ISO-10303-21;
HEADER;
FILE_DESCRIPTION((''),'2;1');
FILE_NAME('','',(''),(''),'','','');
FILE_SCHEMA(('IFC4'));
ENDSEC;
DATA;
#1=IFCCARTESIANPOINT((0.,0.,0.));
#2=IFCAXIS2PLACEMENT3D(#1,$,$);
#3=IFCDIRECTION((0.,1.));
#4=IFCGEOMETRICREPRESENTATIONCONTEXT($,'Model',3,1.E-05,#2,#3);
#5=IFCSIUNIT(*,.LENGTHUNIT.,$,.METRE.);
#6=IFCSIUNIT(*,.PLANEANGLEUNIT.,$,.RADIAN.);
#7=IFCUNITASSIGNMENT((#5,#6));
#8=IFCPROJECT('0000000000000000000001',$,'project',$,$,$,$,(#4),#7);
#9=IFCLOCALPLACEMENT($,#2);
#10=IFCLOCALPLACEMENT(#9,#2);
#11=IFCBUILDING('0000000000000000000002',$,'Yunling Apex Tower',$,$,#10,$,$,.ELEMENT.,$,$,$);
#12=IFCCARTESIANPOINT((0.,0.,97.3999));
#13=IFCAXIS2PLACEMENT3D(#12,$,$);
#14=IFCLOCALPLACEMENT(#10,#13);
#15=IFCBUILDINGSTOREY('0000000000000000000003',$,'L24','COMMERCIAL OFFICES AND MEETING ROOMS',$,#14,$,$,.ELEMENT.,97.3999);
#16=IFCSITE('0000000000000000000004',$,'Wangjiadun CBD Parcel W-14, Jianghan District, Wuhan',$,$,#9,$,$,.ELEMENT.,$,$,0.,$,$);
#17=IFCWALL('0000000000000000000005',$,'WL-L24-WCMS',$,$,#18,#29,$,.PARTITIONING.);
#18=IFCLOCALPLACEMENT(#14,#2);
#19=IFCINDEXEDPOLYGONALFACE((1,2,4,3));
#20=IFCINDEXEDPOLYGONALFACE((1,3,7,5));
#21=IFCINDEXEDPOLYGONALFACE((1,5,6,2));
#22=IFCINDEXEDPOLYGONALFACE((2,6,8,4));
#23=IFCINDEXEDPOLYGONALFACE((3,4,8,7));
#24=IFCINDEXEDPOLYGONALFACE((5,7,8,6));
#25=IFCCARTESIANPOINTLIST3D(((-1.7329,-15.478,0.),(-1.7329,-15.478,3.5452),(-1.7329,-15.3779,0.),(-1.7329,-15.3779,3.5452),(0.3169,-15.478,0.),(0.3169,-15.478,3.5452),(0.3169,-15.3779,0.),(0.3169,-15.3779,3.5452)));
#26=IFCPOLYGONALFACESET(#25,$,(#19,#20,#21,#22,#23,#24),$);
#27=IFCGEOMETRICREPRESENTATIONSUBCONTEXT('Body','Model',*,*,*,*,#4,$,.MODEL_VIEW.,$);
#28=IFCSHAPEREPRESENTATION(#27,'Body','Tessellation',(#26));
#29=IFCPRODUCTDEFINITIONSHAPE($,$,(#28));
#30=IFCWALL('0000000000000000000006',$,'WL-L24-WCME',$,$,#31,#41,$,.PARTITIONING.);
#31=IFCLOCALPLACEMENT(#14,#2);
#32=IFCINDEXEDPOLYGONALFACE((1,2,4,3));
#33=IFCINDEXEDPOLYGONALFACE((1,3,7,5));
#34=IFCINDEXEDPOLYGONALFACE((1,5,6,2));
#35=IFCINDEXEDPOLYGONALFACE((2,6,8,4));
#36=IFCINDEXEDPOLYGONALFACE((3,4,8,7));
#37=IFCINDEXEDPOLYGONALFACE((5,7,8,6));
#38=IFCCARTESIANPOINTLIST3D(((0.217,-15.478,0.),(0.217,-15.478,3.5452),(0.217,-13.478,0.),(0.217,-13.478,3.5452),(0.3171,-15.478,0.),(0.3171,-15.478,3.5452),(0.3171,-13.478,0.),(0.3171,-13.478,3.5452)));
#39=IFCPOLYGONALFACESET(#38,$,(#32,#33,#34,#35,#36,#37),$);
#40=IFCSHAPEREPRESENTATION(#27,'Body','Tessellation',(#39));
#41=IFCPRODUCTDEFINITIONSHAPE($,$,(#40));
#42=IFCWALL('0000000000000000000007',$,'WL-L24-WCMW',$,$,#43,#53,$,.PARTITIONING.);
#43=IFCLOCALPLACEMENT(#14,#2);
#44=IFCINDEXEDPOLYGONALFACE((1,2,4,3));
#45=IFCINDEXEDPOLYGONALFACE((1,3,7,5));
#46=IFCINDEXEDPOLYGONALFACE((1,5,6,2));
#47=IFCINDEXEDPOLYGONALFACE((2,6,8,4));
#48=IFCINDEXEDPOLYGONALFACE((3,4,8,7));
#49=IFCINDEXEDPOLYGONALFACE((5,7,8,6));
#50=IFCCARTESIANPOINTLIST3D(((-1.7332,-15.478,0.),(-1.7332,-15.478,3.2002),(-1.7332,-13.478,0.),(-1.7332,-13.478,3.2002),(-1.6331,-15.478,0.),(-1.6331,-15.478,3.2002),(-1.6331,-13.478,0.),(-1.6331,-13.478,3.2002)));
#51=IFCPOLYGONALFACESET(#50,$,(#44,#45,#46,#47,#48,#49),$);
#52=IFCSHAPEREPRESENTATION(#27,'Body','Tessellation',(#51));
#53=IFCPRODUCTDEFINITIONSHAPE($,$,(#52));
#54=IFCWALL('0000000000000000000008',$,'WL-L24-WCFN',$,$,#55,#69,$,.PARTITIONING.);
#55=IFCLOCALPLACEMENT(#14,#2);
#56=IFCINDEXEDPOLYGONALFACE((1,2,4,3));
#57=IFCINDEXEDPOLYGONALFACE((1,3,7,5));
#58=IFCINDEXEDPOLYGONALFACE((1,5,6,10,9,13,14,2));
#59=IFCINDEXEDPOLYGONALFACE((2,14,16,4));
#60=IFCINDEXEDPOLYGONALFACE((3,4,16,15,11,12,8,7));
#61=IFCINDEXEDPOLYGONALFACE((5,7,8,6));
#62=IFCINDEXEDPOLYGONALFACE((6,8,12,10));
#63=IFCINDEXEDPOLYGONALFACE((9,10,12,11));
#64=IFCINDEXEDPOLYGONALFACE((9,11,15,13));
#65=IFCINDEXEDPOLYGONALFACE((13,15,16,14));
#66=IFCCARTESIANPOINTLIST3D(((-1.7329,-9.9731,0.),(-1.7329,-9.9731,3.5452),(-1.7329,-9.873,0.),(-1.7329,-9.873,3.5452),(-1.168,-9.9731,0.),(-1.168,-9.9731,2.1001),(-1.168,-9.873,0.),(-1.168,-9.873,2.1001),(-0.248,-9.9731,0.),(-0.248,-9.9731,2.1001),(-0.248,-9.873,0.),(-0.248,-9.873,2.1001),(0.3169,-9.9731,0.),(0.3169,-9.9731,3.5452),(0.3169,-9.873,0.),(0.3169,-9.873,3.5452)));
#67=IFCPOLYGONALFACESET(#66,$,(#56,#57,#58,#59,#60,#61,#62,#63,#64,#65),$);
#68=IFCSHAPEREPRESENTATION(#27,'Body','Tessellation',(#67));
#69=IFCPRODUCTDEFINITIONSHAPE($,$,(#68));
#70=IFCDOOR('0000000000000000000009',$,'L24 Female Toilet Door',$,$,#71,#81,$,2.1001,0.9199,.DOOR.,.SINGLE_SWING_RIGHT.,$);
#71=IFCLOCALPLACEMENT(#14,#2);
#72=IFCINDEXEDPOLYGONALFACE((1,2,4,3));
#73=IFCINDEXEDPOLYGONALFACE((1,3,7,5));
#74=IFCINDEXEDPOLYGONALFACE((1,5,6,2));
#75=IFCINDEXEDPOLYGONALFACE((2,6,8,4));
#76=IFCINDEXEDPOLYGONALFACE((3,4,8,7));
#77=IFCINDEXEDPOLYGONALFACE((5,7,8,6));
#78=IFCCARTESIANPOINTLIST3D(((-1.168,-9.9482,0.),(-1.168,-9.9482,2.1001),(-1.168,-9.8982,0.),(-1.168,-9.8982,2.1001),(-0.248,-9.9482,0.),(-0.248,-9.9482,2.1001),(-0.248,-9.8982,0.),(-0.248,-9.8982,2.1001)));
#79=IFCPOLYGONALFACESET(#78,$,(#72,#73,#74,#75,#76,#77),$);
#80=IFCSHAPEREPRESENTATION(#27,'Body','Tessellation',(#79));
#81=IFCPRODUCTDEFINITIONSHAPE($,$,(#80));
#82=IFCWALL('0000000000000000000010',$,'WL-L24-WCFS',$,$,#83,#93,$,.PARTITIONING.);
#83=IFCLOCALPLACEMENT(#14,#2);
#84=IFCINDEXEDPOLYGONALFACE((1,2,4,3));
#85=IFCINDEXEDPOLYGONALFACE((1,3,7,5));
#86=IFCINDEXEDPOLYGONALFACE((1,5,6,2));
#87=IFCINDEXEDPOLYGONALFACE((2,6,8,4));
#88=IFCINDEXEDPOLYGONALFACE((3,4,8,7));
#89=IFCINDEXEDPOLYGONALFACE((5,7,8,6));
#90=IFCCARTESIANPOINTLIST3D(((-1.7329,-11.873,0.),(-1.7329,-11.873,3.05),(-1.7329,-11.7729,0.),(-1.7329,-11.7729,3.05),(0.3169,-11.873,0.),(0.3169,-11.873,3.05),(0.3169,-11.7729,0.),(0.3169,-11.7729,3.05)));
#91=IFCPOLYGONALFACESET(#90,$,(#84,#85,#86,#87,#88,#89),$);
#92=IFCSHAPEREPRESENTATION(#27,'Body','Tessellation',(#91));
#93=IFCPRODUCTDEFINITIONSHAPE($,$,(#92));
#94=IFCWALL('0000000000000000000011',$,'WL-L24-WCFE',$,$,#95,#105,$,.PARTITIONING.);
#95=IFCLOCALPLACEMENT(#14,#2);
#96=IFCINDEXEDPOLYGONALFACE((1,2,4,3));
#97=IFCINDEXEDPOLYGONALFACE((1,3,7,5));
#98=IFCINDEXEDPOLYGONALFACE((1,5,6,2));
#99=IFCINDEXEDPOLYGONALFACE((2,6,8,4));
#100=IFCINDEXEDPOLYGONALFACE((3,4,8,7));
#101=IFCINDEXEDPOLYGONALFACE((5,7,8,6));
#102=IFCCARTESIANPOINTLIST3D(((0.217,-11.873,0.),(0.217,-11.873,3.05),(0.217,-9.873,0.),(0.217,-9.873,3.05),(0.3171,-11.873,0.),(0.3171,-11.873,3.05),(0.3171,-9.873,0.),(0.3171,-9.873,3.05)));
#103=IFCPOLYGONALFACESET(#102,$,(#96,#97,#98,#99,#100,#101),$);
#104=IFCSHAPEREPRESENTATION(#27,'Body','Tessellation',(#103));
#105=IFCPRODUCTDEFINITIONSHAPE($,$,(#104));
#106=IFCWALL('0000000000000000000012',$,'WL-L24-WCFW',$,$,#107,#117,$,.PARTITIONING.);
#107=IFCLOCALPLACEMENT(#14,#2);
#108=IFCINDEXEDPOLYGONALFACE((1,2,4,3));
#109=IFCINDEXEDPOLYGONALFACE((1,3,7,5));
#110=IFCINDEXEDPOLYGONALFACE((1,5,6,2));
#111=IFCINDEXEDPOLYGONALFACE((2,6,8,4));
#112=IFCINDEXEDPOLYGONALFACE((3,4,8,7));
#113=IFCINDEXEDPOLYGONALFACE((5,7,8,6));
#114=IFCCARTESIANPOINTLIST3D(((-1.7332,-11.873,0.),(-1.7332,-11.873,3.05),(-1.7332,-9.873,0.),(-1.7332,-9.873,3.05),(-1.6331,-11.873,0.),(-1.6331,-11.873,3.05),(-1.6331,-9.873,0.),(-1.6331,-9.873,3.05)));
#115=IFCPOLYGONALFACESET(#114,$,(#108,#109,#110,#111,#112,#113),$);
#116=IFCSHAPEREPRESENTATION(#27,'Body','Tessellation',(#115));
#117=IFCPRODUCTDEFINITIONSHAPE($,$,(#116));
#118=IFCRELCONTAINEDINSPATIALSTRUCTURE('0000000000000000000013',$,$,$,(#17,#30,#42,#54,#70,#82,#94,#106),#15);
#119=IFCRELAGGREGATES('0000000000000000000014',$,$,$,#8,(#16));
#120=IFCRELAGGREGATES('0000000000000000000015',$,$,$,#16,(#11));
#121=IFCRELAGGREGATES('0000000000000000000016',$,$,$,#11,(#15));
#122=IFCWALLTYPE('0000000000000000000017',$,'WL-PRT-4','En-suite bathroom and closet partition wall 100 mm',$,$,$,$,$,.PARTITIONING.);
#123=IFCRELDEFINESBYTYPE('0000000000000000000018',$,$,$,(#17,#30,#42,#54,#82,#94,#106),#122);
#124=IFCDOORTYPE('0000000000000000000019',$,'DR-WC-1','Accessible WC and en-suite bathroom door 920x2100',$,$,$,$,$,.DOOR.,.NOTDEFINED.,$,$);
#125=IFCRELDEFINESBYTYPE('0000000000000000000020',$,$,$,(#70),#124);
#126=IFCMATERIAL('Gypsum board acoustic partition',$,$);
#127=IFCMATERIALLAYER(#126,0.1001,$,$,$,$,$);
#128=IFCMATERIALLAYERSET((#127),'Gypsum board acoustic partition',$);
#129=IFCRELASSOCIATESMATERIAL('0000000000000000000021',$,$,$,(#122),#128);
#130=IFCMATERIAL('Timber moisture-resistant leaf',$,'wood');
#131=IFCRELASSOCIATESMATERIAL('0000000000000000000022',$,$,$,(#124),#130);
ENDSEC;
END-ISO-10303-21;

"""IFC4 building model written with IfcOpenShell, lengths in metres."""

from ifc_helpers import new_model, si_unit, direction, frame, frame_2d, origin, place, context, subcontext, project, spatial, rectangle, extrude, material, layer, layer_set, type_object, element, fill, save


model = new_model("IFC4")

# Units and contexts
model_context = context("Model", 3, precision=1e-05, world=origin(), true_north=direction((0.0, 1.0)))
body_context = subcontext(model_context, "Body", "Model", "MODEL_VIEW")
ifc_project = project(units=[si_unit("LENGTHUNIT", "METRE"), si_unit("PLANEANGLEUNIT", "RADIAN")], contexts=[model_context])

# Site, building, storey
site_placement = place(None, origin())
site = spatial("IfcSite", under=ifc_project, at=site_placement, Name="Wangjiadun CBD Parcel W-14, Jianghan District, Wuhan", CompositionType="ELEMENT", RefElevation=0.0)
building_placement = place(site_placement, origin())
building = spatial("IfcBuilding", under=site, at=building_placement, Name="Yunling Apex Tower", CompositionType="ELEMENT")
storey_placement = place(building_placement, frame((0.0, 0.0, 97.3999)))
storey = spatial("IfcBuildingStorey", under=building, at=storey_placement, Name="L24", Description="COMMERCIAL OFFICES AND MEETING ROOMS", CompositionType="ELEMENT", Elevation=97.3999)

# Shared definitions
ifc_material_1 = material(Name="Gypsum board acoustic partition")
ifc_layer_1 = layer(ifc_material_1, 0.1001)
ifc_layer_set_1 = layer_set([ifc_layer_1], Name="Gypsum board acoustic partition")
wall_type = type_object("IfcWallType", Name="WL-PRT-4", Description="En-suite bathroom and closet partition wall 100 mm", PredefinedType="PARTITIONING", material=ifc_layer_set_1)
ifc_material_2 = material(Name="Timber moisture-resistant leaf", Category="wood")
door_type = type_object("IfcDoorType", Name="DR-WC-1", Description="Accessible WC and en-suite bathroom door 920x2100", OperationType="NOTDEFINED", PredefinedType="DOOR", material=ifc_material_2)

# Walls
wall_1_placement = place(storey_placement, frame((0.3169, -15.428, 0.0), z_axis=(0.0, 0.0, 1.0), x_axis=(-1.0, 0.0, 0.0)))
element("IfcWall", 1, at=wall_1_placement, inside=storey, type_object=wall_type, Name="WL-L24-WCMS", PredefinedType="PARTITIONING", context=body_context, shape_type="SweptSolid", body=[
    extrude(rectangle(XDim=2.0498, YDim=0.1001, at=frame_2d((1.0249, 0.0))), origin(), (0.0, 0.0, 1.0), 3.5452),
])
wall_2_placement = place(storey_placement, frame((0.2671, -13.478, 0.0), z_axis=(0.0, 0.0, 1.0), x_axis=(0.0, -1.0, 0.0)))
element("IfcWall", 2, at=wall_2_placement, inside=storey, type_object=wall_type, Name="WL-L24-WCME", PredefinedType="PARTITIONING", context=body_context, shape_type="SweptSolid", body=[
    extrude(rectangle(XDim=2.0, YDim=0.1001, at=frame_2d((1.0, 0.0))), origin(), (0.0, 0.0, 1.0), 3.5452),
])
wall_3_placement = place(storey_placement, frame((-1.6831, -15.478, 0.0), z_axis=(0.0, 0.0, 1.0), x_axis=(0.0, 1.0, 0.0)))
element("IfcWall", 3, at=wall_3_placement, inside=storey, type_object=wall_type, Name="WL-L24-WCMW", PredefinedType="PARTITIONING", context=body_context, shape_type="SweptSolid", body=[
    extrude(rectangle(XDim=2.0, YDim=0.1001, at=frame_2d((1.0, 0.0))), origin(), (0.0, 0.0, 1.0), 3.2002),
])

# Wall, opening, door
wall_4_placement = place(storey_placement, frame((-1.7329, -9.9231, 0.0), z_axis=(0.0, 0.0, 1.0), x_axis=(1.0, 0.0, 0.0)))
wall_4 = element("IfcWall", 4, at=wall_4_placement, inside=storey, type_object=wall_type, Name="WL-L24-WCFN", PredefinedType="PARTITIONING", context=body_context, shape_type="SweptSolid", body=[
    extrude(rectangle(XDim=2.0498, YDim=0.1001, at=frame_2d((1.0249, 0.0))), origin(), (0.0, 0.0, 1.0), 3.5452),
])
opening_1_placement = place(wall_4_placement, frame((0.5649, 0.0, 0.0)))
opening_1 = element("IfcOpeningElement", 5, at=opening_1_placement, cuts=wall_4, PredefinedType="OPENING", context=body_context, shape_type="SweptSolid", body=[
    extrude(rectangle(XDim=0.9199, YDim=2.1001, at=frame_2d((0.46, 1.05))), frame((0.0, 0.0601, 0.0), z_axis=(0.0, -1.0, 0.0), x_axis=(1.0, 0.0, 0.0)), (0.0, 0.0, 1.0), 0.1201),
])
door_1_placement = place(opening_1_placement, origin())
door_1 = element("IfcDoor", 6, at=door_1_placement, inside=storey, type_object=door_type, Name="L24 Female Toilet Door", OperationType="SINGLE_SWING_RIGHT", OverallHeight=2.1001, OverallWidth=0.9199, PredefinedType="DOOR", context=body_context, shape_type="SweptSolid", body=[
    extrude(rectangle(XDim=0.9199, YDim=2.1001, at=frame_2d((0.46, 1.05))), frame((0.0, 0.0249, 0.0), z_axis=(0.0, -1.0, 0.0), x_axis=(1.0, 0.0, 0.0)), (0.0, 0.0, 1.0), 0.05),
])
fill(opening_1, door_1)

# Walls
wall_5_placement = place(storey_placement, frame((0.3169, -11.823, 0.0), z_axis=(0.0, 0.0, 1.0), x_axis=(-1.0, 0.0, 0.0)))
element("IfcWall", 7, at=wall_5_placement, inside=storey, type_object=wall_type, Name="WL-L24-WCFS", PredefinedType="PARTITIONING", context=body_context, shape_type="SweptSolid", body=[
    extrude(rectangle(XDim=2.0498, YDim=0.1001, at=frame_2d((1.0249, 0.0))), origin(), (0.0, 0.0, 1.0), 3.05),
])
for number, where, z_axis, x_axis, name in (
    (8, (0.2671, -9.873, 0.0), (0.0, 0.0, 1.0), (0.0, -1.0, 0.0), "WL-L24-WCFE"),
    (9, (-1.6831, -11.873, 0.0), (0.0, 0.0, 1.0), (0.0, 1.0, 0.0), "WL-L24-WCFW"),
):
    element("IfcWall", number, at=place(storey_placement, frame(where, z_axis=z_axis, x_axis=x_axis)), inside=storey, type_object=wall_type, Name=name, PredefinedType="PARTITIONING", context=body_context, shape_type="SweptSolid", body=[
        extrude(rectangle(XDim=2.0, YDim=0.1001, at=frame_2d((1.0, 0.0))), origin(), (0.0, 0.0, 1.0), 3.05),
    ])

save(model, "model.ifc")
